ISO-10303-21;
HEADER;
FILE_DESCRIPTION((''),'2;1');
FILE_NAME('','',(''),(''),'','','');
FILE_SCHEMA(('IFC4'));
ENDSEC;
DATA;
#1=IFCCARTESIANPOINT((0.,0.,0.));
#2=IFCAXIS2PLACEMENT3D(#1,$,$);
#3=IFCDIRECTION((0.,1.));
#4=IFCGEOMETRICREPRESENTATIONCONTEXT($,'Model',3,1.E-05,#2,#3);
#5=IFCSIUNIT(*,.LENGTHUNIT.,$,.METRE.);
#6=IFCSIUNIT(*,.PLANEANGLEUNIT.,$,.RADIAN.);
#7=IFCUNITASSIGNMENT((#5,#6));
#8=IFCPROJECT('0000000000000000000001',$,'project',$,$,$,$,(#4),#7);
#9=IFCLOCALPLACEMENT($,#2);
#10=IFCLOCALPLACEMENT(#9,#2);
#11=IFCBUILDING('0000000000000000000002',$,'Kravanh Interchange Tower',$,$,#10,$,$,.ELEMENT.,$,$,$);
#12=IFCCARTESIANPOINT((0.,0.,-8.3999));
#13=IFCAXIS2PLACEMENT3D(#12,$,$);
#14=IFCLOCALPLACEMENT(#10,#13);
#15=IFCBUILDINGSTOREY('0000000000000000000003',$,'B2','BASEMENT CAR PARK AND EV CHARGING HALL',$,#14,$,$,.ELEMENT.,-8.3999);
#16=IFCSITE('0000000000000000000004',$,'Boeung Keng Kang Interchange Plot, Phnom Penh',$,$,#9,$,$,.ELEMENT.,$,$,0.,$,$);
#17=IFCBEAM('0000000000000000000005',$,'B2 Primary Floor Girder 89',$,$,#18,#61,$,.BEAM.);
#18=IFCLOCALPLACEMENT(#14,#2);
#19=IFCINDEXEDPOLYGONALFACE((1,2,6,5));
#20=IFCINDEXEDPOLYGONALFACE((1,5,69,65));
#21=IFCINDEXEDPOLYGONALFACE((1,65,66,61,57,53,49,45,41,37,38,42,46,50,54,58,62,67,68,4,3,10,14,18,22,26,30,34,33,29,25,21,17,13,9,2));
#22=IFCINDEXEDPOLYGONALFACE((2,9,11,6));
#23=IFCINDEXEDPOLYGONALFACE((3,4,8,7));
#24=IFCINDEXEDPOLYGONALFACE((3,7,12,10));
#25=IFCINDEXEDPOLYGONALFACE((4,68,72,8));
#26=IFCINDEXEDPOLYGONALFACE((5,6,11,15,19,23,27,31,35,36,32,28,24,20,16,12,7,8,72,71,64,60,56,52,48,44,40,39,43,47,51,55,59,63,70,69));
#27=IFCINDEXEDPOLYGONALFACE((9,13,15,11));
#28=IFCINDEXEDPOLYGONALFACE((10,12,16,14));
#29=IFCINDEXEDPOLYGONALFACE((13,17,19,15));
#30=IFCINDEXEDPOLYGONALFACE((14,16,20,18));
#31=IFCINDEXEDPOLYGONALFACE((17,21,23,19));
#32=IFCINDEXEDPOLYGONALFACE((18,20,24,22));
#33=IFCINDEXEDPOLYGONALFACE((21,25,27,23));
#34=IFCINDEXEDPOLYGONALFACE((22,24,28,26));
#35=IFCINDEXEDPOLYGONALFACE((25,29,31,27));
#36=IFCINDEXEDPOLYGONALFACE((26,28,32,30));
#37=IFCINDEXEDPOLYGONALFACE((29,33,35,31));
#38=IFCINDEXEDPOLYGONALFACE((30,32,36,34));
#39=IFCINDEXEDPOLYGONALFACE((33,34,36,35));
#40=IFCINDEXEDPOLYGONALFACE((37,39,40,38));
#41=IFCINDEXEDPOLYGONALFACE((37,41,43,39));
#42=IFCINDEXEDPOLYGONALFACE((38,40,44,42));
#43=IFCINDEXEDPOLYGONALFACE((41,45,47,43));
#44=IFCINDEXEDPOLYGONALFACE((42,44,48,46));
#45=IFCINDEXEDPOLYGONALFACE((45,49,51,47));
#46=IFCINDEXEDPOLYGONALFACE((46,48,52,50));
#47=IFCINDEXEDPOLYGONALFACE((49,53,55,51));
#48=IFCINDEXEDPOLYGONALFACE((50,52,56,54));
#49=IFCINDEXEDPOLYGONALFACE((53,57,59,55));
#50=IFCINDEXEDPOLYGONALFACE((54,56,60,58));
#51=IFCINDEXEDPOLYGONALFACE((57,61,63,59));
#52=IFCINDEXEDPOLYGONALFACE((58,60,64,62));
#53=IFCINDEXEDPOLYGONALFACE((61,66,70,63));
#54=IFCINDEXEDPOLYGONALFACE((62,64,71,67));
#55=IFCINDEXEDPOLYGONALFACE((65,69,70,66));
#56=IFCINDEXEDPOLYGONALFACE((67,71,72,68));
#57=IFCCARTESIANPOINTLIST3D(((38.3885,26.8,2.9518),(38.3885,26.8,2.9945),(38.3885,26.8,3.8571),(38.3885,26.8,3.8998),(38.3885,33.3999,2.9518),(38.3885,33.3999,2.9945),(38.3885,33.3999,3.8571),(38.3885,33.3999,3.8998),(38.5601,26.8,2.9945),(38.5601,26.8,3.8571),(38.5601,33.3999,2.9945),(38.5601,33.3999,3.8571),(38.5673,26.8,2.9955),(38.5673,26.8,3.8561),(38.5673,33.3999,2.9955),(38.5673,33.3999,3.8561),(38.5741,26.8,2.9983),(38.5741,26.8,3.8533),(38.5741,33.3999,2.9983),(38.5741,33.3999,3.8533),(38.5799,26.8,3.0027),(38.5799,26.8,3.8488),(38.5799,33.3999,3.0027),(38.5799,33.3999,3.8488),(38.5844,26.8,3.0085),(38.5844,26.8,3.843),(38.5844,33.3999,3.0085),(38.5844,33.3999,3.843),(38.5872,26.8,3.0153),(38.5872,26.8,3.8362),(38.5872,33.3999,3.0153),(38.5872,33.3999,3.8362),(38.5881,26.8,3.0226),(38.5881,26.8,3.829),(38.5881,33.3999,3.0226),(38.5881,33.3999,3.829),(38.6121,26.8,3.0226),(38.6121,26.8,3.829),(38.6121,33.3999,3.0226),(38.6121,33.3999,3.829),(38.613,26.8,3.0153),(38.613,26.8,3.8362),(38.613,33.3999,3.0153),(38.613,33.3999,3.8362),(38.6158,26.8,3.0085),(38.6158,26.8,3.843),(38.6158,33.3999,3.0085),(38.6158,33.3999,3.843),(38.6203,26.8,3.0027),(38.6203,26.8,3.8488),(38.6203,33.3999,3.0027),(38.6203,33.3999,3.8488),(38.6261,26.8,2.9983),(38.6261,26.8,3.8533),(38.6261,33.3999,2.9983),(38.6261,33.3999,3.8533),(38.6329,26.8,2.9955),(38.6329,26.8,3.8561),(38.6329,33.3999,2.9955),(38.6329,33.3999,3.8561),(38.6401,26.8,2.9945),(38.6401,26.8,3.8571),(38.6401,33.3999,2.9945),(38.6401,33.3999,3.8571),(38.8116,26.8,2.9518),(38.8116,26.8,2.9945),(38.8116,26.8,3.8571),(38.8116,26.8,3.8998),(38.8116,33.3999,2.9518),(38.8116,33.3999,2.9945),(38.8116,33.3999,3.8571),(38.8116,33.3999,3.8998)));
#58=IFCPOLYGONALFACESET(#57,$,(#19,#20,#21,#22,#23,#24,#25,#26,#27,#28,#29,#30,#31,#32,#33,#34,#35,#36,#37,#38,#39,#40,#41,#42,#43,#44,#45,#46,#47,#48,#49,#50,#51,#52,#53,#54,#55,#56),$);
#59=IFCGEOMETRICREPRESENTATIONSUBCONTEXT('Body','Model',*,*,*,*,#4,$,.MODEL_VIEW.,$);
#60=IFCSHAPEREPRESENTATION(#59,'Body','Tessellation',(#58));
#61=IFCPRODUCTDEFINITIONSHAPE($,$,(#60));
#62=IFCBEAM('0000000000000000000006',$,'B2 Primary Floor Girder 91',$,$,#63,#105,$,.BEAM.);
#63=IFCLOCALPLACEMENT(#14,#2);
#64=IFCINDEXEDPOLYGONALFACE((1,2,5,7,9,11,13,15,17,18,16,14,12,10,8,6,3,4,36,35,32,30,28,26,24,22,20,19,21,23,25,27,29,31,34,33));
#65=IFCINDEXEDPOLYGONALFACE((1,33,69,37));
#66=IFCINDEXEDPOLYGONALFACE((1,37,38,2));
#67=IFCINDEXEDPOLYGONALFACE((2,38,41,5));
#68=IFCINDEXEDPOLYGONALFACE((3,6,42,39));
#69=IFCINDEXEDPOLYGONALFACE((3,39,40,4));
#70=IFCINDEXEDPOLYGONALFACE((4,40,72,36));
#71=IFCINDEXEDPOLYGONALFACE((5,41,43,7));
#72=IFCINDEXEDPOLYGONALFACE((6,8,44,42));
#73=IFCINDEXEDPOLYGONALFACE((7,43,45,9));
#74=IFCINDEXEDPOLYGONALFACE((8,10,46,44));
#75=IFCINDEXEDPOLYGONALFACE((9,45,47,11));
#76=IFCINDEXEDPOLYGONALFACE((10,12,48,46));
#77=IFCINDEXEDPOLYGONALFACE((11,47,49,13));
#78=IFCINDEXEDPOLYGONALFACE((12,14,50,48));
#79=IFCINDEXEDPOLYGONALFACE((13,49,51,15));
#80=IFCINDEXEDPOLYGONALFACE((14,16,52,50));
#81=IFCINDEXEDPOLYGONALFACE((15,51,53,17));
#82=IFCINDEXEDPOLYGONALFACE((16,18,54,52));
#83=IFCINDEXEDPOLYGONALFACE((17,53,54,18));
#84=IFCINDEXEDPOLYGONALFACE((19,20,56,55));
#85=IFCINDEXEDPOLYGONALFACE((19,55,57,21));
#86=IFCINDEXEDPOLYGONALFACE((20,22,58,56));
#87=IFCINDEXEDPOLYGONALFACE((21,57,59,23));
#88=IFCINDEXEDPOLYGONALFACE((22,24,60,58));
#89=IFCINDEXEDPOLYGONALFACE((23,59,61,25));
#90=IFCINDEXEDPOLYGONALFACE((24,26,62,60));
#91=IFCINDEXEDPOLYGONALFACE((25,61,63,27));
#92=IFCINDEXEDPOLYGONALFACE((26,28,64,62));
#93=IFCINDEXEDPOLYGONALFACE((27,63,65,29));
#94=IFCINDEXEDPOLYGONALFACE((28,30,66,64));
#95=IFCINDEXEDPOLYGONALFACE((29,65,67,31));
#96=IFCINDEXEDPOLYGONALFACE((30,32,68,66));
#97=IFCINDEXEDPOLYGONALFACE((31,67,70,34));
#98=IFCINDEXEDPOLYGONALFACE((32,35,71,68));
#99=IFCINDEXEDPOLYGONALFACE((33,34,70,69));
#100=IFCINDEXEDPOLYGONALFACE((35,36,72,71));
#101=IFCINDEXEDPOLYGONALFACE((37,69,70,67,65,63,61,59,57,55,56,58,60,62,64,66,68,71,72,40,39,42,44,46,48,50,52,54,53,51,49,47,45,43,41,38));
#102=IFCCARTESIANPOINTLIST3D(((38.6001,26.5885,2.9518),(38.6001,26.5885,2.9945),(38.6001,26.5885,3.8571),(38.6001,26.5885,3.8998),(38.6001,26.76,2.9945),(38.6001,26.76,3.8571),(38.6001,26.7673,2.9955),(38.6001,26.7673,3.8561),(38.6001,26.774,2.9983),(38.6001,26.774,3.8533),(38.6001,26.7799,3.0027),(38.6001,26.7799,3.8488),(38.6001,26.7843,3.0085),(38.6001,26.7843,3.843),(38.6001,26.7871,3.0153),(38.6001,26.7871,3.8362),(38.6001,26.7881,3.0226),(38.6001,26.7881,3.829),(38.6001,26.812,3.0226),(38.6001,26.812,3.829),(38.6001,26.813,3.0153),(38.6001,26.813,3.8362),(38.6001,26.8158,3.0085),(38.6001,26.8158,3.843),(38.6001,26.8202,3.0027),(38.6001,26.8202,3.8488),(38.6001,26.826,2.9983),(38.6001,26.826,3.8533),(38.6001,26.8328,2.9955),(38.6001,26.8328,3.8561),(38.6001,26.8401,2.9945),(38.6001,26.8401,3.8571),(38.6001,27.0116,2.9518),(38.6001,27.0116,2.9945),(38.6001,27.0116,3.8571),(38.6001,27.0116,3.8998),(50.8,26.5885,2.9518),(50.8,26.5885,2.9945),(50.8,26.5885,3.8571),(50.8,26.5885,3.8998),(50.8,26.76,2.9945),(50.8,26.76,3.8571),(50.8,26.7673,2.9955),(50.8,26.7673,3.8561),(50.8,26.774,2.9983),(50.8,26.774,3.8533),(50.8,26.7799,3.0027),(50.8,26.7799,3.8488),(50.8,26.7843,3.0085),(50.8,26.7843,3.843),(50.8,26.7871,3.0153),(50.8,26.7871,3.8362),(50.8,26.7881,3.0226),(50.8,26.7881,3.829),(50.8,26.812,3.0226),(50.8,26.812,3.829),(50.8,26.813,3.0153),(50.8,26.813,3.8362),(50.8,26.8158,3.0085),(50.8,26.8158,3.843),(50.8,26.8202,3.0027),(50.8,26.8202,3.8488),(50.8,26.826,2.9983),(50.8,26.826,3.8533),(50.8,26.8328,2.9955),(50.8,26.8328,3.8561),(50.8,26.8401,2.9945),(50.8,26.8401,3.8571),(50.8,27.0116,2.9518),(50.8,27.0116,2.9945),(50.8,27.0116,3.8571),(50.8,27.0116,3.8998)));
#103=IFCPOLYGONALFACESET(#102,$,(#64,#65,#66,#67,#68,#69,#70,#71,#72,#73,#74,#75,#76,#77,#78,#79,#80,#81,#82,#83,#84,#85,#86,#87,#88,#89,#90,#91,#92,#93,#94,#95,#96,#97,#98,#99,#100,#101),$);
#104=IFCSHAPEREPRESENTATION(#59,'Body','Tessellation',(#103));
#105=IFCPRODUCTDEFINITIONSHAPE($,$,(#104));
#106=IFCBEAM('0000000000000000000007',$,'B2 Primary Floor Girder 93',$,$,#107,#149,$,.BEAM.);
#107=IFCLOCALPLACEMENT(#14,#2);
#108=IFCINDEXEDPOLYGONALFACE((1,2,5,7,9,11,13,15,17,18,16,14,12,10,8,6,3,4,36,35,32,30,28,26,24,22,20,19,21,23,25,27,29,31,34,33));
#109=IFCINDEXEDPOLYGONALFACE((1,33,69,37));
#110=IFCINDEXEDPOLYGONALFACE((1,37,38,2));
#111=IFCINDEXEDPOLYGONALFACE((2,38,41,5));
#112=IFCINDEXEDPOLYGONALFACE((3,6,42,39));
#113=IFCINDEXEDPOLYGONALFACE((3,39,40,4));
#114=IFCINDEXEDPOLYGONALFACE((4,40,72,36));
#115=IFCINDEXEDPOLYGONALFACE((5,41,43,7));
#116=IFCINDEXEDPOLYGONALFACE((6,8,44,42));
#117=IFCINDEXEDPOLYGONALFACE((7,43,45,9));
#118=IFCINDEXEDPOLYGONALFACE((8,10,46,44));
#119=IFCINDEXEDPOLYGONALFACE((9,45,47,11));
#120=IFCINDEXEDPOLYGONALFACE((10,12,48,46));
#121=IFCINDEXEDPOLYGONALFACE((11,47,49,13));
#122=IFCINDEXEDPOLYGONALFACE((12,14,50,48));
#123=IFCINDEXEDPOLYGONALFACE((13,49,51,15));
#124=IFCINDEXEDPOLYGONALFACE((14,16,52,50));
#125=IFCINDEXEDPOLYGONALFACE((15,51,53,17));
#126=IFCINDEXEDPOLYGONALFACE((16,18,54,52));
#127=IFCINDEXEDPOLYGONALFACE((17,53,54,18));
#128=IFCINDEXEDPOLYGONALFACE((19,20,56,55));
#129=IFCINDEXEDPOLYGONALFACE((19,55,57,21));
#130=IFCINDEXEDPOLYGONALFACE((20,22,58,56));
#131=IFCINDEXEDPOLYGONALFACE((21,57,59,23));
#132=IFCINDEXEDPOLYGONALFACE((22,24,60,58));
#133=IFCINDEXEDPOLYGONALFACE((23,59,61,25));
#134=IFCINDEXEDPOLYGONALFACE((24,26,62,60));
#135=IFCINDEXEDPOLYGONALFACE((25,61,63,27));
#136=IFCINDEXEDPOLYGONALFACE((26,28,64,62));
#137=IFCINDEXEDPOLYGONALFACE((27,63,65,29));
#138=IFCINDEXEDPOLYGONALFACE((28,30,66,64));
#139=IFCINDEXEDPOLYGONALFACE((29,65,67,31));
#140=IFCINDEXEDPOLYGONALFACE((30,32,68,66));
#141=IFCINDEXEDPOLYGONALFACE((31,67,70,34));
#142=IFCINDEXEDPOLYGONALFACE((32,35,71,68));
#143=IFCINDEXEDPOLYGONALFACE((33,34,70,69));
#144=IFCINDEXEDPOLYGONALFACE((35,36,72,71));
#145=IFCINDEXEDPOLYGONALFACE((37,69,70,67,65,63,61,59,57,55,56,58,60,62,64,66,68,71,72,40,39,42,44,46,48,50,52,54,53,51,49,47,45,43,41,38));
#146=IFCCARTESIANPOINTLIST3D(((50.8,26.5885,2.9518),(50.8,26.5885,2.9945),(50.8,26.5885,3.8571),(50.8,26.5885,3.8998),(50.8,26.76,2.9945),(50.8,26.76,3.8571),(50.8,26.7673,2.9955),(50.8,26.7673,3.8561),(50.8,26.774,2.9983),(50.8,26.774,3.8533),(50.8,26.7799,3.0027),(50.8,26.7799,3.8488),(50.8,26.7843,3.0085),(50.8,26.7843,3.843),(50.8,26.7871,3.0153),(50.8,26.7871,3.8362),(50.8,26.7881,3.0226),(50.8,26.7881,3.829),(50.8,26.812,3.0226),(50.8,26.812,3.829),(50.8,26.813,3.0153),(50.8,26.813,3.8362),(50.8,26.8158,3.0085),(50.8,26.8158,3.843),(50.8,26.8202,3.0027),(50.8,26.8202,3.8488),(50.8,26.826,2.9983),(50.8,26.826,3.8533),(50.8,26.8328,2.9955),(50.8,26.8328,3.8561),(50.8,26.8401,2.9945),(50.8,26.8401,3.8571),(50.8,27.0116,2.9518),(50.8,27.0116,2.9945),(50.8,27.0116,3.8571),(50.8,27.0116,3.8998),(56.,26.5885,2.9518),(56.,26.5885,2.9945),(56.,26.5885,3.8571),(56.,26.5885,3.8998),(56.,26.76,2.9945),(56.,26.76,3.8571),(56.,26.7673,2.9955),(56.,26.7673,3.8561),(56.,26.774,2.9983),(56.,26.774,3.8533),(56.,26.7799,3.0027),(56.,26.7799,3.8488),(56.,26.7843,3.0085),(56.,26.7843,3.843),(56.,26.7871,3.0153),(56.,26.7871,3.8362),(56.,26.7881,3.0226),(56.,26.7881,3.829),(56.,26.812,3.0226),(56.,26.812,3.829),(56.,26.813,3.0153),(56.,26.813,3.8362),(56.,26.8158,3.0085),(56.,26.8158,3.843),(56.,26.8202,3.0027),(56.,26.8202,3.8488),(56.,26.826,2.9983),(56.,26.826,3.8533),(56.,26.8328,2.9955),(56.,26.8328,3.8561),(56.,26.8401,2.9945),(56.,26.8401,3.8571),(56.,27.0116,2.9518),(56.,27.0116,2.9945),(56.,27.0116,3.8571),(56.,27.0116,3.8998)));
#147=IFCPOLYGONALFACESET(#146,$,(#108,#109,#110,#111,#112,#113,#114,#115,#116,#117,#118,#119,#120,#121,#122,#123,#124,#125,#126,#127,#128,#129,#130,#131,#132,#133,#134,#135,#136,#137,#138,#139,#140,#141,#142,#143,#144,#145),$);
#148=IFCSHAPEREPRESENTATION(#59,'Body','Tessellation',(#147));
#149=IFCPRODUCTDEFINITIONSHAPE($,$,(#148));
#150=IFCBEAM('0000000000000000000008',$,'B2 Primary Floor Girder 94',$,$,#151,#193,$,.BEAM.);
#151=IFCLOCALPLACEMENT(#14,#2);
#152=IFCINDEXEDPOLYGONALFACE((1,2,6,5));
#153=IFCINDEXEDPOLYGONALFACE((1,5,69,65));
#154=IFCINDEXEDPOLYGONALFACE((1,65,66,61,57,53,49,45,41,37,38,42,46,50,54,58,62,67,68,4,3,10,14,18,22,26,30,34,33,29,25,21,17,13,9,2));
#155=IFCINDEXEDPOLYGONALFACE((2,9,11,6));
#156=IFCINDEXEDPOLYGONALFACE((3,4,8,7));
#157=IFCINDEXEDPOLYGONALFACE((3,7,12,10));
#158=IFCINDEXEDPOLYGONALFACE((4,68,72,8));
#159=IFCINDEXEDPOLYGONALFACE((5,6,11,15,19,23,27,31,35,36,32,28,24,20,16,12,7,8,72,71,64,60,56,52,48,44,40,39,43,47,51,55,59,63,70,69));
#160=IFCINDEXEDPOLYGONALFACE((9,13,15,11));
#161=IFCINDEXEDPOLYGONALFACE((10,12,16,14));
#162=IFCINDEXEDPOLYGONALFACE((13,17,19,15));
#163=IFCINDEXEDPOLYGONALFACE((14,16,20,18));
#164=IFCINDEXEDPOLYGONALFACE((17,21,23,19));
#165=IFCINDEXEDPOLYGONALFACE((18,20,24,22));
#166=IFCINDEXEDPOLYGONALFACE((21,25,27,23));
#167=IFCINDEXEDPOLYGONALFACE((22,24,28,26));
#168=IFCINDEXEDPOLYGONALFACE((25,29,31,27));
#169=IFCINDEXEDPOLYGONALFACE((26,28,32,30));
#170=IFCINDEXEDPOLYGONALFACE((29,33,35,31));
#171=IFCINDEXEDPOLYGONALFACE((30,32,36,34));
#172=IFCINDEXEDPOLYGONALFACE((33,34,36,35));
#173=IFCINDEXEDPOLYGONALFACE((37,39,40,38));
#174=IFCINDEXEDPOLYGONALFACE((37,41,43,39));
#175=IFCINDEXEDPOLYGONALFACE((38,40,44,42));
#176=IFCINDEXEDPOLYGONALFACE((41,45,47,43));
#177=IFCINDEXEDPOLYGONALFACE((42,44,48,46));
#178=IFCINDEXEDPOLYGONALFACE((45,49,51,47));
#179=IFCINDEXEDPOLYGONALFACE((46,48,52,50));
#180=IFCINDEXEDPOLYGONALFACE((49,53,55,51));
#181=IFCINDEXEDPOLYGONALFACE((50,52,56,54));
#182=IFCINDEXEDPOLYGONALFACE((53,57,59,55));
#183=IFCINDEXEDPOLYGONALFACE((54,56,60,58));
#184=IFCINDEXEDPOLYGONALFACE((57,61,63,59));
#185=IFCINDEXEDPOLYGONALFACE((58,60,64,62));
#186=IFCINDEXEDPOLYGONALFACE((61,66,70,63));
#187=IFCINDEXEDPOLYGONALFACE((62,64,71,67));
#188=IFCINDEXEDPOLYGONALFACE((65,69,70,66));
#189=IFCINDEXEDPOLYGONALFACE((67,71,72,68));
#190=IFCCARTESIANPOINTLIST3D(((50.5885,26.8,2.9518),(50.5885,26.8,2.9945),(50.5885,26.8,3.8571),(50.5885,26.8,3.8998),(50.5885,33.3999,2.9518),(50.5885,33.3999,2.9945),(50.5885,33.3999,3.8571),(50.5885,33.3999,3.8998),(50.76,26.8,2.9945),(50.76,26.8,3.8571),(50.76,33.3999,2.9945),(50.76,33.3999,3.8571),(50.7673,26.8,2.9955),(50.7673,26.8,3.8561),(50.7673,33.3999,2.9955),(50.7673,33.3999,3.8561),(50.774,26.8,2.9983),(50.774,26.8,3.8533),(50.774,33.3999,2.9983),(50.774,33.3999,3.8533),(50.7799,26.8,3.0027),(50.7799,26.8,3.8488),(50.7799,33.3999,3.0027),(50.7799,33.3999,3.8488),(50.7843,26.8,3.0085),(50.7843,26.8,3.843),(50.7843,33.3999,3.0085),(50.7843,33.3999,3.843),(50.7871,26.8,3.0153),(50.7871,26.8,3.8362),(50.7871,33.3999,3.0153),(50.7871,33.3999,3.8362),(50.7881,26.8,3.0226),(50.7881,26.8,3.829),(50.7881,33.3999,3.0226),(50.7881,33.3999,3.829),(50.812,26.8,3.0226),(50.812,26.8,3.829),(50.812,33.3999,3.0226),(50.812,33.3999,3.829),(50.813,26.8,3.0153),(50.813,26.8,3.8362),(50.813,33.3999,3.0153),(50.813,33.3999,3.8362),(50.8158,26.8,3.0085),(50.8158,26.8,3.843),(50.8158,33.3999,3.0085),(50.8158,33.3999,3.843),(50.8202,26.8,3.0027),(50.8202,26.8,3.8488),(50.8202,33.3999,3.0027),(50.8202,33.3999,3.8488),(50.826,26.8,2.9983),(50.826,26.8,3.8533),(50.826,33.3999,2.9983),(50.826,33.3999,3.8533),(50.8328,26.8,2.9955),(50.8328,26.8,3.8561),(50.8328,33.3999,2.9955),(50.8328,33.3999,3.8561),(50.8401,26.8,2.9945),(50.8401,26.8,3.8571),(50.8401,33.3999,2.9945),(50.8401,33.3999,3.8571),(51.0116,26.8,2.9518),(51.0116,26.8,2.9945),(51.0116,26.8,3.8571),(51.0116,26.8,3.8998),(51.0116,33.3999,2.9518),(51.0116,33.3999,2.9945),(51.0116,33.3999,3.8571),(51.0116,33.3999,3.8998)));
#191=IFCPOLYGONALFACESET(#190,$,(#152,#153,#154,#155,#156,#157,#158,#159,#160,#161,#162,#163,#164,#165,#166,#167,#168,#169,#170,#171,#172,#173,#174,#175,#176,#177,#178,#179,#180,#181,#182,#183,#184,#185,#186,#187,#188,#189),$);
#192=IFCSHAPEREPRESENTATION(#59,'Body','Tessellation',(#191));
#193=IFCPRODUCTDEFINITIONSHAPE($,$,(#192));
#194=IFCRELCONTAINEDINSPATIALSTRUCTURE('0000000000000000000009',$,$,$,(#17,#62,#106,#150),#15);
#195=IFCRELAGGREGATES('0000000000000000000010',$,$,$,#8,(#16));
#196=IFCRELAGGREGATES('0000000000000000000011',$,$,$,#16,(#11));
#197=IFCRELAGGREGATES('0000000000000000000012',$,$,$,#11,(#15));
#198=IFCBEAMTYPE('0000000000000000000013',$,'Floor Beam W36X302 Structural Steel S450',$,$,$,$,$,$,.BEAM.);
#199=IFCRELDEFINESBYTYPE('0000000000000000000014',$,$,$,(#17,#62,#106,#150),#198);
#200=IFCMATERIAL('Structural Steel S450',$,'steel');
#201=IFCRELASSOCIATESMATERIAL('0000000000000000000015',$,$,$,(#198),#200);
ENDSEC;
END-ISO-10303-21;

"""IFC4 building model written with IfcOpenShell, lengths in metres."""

from ifc_helpers import new_model, si_unit, direction, frame, origin, origin_2d, place, context, subcontext, project, spatial, i_section, extrude, material, material_profile, profile_set, type_object, element, save


model = new_model("IFC4")

# Units and contexts
model_context = context("Model", 3, precision=1e-05, world=origin(), true_north=direction((0.0, 1.0)))
body_context = subcontext(model_context, "Body", "Model", "MODEL_VIEW")
ifc_project = project(units=[si_unit("LENGTHUNIT", "METRE"), si_unit("PLANEANGLEUNIT", "RADIAN")], contexts=[model_context])

# Site, building, storey
site_placement = place(None, origin())
site = spatial("IfcSite", under=ifc_project, at=site_placement, Name="Boeung Keng Kang Interchange Plot, Phnom Penh", CompositionType="ELEMENT", RefElevation=0.0)
building_placement = place(site_placement, origin())
building = spatial("IfcBuilding", under=site, at=building_placement, Name="Kravanh Interchange Tower", CompositionType="ELEMENT")
storey_placement = place(building_placement, frame((0.0, 0.0, -8.3999)))
storey = spatial("IfcBuildingStorey", under=building, at=storey_placement, Name="B2", Description="BASEMENT CAR PARK AND EV CHARGING HALL", CompositionType="ELEMENT", Elevation=-8.3999)

# Beams
ifc_material_1 = material(Name="Structural Steel S450", Category="steel")
ifc_material_profile_1 = material_profile(ifc_material_1, i_section(OverallWidth=0.4231, OverallDepth=0.948, WebThickness=0.0239, FlangeThickness=0.0427, FilletRadius=0.0281, at=origin_2d()), Name="W36X302")
ifc_profile_set_1 = profile_set([ifc_material_profile_1], Name="Structural Steel S450")
beam_type_1 = type_object("IfcBeamType", Name="Floor Beam W36X302 Structural Steel S450", PredefinedType="BEAM", material=ifc_profile_set_1)
beam_1_placement = place(storey_placement, frame((38.6001, 26.8, 3.4258), z_axis=(0.0, 1.0, 0.0), x_axis=(-1.0, 0.0, 0.0)))
element("IfcBeam", 1, at=beam_1_placement, inside=storey, type_object=beam_type_1, Name="B2 Primary Floor Girder 89", PredefinedType="BEAM", context=body_context, shape_type="SweptSolid", body=[
    extrude(i_section(OverallWidth=0.4231, OverallDepth=0.948, WebThickness=0.0239, FlangeThickness=0.0427, FilletRadius=0.0281, at=origin_2d()), origin(), (0.0, 0.0, 1.0), 6.5999),
])
beam_2_placement = place(storey_placement, frame((38.6001, 26.8, 3.4258), z_axis=(1.0, 0.0, 0.0), x_axis=(0.0, 1.0, 0.0)))
element("IfcBeam", 2, at=beam_2_placement, inside=storey, type_object=beam_type_1, Name="B2 Primary Floor Girder 91", PredefinedType="BEAM", context=body_context, shape_type="SweptSolid", body=[
    extrude(i_section(OverallWidth=0.4231, OverallDepth=0.948, WebThickness=0.0239, FlangeThickness=0.0427, FilletRadius=0.0281, at=origin_2d()), origin(), (0.0, 0.0, 1.0), 12.2),
])
beam_3_placement = place(storey_placement, frame((50.8, 26.8, 3.4258), z_axis=(1.0, 0.0, 0.0), x_axis=(0.0, 1.0, 0.0)))
element("IfcBeam", 3, at=beam_3_placement, inside=storey, type_object=beam_type_1, Name="B2 Primary Floor Girder 93", PredefinedType="BEAM", context=body_context, shape_type="SweptSolid", body=[
    extrude(i_section(OverallWidth=0.4231, OverallDepth=0.948, WebThickness=0.0239, FlangeThickness=0.0427, FilletRadius=0.0281, at=origin_2d()), origin(), (0.0, 0.0, 1.0), 5.2),
])
beam_4_placement = place(storey_placement, frame((50.8, 26.8, 3.4258), z_axis=(0.0, 1.0, 0.0), x_axis=(-1.0, 0.0, 0.0)))
element("IfcBeam", 4, at=beam_4_placement, inside=storey, type_object=beam_type_1, Name="B2 Primary Floor Girder 94", PredefinedType="BEAM", context=body_context, shape_type="SweptSolid", body=[
    extrude(i_section(OverallWidth=0.4231, OverallDepth=0.948, WebThickness=0.0239, FlangeThickness=0.0427, FilletRadius=0.0281, at=origin_2d()), origin(), (0.0, 0.0, 1.0), 6.5999),
])

save(model, "model.ifc")
